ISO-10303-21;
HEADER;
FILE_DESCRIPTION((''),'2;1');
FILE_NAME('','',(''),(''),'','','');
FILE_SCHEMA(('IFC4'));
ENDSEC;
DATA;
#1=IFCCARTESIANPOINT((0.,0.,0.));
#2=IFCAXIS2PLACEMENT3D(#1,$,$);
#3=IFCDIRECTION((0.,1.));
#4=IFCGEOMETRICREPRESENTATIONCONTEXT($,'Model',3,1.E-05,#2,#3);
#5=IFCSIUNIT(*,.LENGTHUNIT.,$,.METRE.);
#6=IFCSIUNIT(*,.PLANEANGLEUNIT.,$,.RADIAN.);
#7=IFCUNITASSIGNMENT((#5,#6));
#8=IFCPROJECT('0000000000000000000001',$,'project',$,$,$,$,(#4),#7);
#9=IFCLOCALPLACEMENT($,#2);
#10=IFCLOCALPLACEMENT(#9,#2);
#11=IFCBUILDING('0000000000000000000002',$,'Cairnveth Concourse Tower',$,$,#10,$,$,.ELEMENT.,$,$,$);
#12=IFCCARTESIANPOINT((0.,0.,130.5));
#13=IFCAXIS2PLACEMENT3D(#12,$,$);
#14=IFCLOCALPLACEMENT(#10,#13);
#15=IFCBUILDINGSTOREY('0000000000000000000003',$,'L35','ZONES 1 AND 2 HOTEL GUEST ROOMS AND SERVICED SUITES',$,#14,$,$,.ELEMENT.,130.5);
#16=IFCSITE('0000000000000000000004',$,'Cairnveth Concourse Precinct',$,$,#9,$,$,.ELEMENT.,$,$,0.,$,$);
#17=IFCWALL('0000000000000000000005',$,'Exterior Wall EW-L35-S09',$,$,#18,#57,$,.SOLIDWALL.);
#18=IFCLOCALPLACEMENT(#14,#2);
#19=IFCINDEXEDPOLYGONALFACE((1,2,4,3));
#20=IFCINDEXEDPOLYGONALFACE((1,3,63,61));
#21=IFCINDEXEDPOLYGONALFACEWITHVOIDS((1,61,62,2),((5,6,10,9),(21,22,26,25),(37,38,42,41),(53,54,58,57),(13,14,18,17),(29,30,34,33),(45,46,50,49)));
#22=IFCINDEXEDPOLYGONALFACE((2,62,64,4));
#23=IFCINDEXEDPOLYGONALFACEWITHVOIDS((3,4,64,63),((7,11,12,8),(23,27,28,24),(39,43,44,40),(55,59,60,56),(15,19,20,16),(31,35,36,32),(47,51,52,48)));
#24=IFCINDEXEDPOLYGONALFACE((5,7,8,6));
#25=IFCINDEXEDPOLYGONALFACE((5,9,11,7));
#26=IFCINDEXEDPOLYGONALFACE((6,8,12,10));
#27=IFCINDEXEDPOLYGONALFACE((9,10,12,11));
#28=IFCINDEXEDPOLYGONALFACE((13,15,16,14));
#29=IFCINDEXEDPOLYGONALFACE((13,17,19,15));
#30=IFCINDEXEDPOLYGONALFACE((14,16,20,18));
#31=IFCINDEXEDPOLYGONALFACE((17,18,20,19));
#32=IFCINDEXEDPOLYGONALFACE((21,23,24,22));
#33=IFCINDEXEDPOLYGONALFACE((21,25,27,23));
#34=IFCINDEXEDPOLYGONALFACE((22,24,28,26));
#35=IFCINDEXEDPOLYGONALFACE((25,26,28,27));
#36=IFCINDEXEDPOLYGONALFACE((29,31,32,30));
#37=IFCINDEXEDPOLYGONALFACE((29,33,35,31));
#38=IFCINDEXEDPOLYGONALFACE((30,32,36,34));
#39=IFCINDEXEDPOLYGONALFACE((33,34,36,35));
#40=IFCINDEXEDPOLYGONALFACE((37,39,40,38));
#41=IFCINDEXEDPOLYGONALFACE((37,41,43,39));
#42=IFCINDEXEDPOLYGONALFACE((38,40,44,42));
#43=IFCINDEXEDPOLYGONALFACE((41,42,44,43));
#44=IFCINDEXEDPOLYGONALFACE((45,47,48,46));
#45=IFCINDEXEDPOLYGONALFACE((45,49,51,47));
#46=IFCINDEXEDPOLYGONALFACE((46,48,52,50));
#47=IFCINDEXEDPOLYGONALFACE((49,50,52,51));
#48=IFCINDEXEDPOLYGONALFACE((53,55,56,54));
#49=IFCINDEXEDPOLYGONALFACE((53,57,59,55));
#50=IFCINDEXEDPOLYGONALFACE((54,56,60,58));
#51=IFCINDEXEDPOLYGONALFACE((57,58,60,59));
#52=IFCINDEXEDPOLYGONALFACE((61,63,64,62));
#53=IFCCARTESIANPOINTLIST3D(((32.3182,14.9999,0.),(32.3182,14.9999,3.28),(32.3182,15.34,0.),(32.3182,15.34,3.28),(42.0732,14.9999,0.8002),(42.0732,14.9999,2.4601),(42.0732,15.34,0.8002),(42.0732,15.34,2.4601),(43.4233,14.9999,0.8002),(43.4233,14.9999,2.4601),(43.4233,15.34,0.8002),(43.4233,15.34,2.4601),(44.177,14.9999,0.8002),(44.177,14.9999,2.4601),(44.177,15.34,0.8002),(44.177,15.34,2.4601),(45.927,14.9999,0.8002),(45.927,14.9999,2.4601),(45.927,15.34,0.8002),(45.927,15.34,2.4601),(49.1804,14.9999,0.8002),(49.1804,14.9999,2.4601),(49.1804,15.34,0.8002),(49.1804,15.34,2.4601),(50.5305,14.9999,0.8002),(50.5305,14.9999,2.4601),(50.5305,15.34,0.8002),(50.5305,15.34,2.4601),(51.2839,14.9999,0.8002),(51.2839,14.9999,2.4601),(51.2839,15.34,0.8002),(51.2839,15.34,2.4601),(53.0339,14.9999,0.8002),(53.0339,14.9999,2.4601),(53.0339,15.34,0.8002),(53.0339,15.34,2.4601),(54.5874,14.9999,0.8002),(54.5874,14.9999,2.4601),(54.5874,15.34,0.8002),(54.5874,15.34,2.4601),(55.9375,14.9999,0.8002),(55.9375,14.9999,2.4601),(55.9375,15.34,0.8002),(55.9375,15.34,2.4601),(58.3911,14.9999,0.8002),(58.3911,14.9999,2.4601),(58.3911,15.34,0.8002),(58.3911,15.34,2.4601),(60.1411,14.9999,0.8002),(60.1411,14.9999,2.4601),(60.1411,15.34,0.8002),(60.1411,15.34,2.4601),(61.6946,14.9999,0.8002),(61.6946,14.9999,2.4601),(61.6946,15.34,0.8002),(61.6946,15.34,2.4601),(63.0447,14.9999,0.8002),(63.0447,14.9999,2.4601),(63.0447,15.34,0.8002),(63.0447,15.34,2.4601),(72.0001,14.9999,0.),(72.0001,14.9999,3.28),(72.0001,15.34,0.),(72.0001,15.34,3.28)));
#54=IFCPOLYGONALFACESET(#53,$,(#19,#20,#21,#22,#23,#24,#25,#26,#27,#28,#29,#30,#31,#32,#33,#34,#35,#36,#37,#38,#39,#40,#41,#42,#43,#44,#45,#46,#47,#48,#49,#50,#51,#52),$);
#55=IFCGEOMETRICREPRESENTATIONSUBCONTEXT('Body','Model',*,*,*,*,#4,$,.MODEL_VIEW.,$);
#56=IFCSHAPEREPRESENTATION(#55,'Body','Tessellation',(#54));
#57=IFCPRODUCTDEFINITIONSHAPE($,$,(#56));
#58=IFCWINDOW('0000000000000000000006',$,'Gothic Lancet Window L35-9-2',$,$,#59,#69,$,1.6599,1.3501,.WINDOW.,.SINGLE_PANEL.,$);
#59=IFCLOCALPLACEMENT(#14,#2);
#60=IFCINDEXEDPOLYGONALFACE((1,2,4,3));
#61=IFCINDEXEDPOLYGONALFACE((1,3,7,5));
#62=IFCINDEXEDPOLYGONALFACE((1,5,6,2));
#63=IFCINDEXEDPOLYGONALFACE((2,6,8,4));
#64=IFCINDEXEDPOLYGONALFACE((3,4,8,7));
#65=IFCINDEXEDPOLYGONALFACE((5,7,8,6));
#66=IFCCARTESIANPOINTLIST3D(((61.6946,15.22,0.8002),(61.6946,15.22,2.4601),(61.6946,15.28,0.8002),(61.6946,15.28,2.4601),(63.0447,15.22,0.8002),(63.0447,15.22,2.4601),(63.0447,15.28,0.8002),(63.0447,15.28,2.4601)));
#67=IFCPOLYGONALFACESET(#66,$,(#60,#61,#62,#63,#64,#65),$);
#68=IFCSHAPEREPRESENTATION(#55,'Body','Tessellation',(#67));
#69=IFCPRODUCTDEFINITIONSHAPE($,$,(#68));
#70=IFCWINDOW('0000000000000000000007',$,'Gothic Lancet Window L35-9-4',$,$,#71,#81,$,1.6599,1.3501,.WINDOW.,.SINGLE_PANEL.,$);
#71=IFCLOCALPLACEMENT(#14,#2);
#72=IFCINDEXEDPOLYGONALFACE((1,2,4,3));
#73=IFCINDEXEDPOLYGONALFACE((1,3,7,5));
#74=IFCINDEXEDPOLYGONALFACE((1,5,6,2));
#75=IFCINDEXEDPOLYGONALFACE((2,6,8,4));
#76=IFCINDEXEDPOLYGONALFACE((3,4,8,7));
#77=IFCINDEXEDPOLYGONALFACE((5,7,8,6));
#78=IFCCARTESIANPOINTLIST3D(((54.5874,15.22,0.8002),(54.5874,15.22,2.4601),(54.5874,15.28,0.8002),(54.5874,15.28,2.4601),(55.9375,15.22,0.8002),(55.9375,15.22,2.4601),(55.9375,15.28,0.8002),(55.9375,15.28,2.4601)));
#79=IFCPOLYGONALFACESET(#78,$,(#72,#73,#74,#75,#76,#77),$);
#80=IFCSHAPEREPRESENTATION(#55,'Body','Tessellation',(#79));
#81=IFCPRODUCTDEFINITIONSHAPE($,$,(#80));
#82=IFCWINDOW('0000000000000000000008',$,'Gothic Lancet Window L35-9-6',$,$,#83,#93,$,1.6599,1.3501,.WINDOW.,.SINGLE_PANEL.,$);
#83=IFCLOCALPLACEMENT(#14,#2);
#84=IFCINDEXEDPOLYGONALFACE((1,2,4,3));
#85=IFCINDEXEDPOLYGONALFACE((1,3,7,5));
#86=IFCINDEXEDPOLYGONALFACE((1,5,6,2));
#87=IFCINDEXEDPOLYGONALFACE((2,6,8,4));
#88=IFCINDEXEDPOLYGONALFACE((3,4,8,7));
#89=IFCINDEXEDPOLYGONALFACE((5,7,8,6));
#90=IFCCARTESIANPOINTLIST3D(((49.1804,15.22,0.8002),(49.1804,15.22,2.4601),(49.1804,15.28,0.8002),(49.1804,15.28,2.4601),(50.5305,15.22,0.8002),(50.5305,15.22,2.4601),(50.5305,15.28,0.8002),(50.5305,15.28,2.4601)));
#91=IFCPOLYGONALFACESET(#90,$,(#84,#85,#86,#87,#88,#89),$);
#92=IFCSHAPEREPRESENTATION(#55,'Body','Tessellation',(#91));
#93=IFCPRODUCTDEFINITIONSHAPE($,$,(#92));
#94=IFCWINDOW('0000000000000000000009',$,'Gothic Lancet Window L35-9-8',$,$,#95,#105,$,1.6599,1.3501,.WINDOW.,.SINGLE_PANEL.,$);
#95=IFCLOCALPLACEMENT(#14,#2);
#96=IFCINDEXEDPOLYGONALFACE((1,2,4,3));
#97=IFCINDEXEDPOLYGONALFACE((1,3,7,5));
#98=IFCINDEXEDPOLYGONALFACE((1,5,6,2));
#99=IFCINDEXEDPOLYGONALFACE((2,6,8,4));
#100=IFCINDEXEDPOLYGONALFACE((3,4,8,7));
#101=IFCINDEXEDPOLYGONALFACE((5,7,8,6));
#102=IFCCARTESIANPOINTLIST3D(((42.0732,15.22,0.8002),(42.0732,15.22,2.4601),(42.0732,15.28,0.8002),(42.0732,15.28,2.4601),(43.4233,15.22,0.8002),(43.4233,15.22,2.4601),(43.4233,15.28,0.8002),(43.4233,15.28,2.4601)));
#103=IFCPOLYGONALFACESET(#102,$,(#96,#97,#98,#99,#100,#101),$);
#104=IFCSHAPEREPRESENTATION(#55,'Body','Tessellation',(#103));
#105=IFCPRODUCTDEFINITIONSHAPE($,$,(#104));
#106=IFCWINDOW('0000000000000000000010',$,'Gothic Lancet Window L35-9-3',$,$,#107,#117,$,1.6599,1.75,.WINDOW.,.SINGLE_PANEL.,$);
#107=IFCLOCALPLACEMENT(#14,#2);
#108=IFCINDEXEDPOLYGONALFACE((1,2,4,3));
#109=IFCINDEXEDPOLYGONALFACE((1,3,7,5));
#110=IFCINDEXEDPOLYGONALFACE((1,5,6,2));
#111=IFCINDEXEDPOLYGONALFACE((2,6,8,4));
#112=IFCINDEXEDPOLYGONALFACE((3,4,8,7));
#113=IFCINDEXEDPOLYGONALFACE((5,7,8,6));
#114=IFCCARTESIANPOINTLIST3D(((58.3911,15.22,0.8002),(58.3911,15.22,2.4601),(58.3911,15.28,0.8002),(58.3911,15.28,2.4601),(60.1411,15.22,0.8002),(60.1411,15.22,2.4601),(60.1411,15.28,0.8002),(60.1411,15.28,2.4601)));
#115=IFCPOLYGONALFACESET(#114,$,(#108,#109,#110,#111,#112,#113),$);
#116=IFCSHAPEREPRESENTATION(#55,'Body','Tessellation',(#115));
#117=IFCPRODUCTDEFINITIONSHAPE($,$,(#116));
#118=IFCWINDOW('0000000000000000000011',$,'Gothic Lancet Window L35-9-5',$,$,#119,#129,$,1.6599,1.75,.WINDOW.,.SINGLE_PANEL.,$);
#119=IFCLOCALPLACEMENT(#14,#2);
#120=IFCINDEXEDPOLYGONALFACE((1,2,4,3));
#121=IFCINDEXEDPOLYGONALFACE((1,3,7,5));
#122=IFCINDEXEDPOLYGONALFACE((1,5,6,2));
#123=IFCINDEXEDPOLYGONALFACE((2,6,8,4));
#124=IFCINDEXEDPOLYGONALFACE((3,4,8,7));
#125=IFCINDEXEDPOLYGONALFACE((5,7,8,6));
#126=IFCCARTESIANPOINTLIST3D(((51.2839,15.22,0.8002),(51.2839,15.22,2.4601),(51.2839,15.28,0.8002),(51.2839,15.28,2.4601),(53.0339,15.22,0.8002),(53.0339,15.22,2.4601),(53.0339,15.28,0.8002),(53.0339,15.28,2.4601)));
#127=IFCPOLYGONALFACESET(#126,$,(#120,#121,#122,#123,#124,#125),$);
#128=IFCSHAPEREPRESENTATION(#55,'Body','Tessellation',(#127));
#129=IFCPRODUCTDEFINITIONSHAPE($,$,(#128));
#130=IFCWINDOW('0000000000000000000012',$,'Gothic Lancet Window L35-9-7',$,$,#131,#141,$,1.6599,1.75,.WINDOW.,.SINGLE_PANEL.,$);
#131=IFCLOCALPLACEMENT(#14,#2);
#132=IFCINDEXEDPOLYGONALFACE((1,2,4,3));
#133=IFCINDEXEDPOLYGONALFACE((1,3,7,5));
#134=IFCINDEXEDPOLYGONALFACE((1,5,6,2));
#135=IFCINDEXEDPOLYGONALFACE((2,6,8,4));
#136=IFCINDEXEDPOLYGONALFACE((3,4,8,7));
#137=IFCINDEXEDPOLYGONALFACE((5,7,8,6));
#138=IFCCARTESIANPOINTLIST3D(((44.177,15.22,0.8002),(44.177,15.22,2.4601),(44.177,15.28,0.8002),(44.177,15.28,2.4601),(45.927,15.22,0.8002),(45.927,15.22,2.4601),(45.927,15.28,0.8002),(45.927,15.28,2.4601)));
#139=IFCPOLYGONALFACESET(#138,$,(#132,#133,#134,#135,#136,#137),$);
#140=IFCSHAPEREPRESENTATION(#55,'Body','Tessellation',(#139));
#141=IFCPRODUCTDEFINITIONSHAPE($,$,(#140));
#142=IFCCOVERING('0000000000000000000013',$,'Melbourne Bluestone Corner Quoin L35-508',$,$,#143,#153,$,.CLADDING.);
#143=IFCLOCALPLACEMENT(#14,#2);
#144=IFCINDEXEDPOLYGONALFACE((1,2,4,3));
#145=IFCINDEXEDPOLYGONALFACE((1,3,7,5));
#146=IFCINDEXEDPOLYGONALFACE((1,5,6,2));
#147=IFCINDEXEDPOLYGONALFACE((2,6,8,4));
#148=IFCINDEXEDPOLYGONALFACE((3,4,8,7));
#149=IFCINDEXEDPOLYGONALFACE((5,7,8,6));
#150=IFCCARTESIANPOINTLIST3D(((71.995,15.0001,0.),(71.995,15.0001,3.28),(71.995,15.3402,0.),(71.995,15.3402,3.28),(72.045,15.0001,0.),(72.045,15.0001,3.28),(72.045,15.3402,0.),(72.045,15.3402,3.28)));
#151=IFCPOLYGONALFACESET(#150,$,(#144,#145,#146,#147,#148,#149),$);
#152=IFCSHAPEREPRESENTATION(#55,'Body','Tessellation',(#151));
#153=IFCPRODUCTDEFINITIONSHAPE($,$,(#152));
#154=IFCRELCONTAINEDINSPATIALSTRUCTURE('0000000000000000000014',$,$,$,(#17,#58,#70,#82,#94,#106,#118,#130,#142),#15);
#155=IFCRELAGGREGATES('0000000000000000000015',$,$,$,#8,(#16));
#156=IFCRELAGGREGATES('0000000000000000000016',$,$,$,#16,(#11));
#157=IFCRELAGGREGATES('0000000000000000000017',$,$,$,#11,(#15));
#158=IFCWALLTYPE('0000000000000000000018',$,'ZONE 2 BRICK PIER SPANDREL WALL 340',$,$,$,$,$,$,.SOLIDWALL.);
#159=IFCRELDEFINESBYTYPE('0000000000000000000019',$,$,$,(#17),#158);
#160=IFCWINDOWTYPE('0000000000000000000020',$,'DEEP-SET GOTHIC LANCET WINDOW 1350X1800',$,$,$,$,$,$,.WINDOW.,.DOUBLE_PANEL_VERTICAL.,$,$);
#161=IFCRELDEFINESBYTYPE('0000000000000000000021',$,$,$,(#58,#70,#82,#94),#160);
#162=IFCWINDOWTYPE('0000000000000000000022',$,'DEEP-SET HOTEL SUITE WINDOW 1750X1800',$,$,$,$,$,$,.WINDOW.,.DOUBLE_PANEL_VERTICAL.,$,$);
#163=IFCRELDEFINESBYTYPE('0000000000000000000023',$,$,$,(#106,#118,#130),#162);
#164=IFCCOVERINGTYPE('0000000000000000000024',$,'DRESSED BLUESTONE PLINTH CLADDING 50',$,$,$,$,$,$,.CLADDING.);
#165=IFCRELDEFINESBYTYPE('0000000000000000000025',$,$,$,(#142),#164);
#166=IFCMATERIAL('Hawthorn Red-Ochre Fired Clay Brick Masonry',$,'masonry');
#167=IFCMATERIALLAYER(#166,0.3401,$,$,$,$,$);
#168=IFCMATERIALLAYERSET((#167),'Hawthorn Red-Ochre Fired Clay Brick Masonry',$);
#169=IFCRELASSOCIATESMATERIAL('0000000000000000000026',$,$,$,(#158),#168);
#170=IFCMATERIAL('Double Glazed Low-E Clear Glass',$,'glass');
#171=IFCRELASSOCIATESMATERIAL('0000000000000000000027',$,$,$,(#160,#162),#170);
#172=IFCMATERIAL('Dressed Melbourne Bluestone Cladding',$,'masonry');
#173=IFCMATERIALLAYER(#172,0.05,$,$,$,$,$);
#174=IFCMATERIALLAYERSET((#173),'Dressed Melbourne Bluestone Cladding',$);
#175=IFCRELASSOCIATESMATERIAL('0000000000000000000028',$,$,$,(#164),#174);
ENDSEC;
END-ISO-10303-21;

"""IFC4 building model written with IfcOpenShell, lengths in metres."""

from ifc_helpers import new_model, si_unit, direction, frame, frame_2d, origin, place, context, subcontext, project, spatial, rectangle, extrude, material, layer, layer_set, type_object, element, fill, save


model = new_model("IFC4")

# Units and contexts
model_context = context("Model", 3, precision=1e-05, world=origin(), true_north=direction((0.0, 1.0)))
body_context = subcontext(model_context, "Body", "Model", "MODEL_VIEW")
ifc_project = project(units=[si_unit("LENGTHUNIT", "METRE"), si_unit("PLANEANGLEUNIT", "RADIAN")], contexts=[model_context])

# Site, building, storey
site_placement = place(None, origin())
site = spatial("IfcSite", under=ifc_project, at=site_placement, Name="Cairnveth Concourse Precinct", CompositionType="ELEMENT", RefElevation=0.0)
building_placement = place(site_placement, origin())
building = spatial("IfcBuilding", under=site, at=building_placement, Name="Cairnveth Concourse Tower", CompositionType="ELEMENT")
storey_placement = place(building_placement, frame((0.0, 0.0, 130.5)))
storey = spatial("IfcBuildingStorey", under=building, at=storey_placement, Name="L35", Description="ZONES 1 AND 2 HOTEL GUEST ROOMS AND SERVICED SUITES", CompositionType="ELEMENT", Elevation=130.5)

# Shared definitions
ifc_material_1 = material(Name="Hawthorn Red-Ochre Fired Clay Brick Masonry", Category="masonry")
ifc_layer_1 = layer(ifc_material_1, 0.3401)
ifc_layer_set_1 = layer_set([ifc_layer_1], Name="Hawthorn Red-Ochre Fired Clay Brick Masonry")
wall_type_1 = type_object("IfcWallType", Name="ZONE 2 BRICK PIER SPANDREL WALL 340", PredefinedType="SOLIDWALL", material=ifc_layer_set_1)

# Wall, openings, windows
wall_1_placement = place(storey_placement, frame((72.0, 15.1699, 0.0), z_axis=(0.0, 0.0, 1.0), x_axis=(-1.0, 0.0, 0.0)))
wall_1 = element("IfcWall", 1, at=wall_1_placement, inside=storey, type_object=wall_type_1, Name="Exterior Wall EW-L35-S09", PredefinedType="SOLIDWALL", context=body_context, shape_type="SweptSolid", body=[
    extrude(rectangle(XDim=39.6819, YDim=0.3401, at=frame_2d((19.8408, 0.0))), origin(), (0.0, 0.0, 1.0), 3.28),
])
opening_1_placement = place(wall_1_placement, frame((8.9553, 0.0, 0.8)))
opening_1 = element("IfcOpeningElement", 2, at=opening_1_placement, cuts=wall_1, PredefinedType="OPENING", context=body_context, shape_type="SweptSolid", body=[
    extrude(rectangle(XDim=1.3501, YDim=1.6599, at=frame_2d((0.675, 0.8301))), frame((0.0, 0.1799, 0.0), z_axis=(0.0, -1.0, 0.0), x_axis=(1.0, 0.0, 0.0)), (0.0, 0.0, 1.0), 0.3601),
])
opening_2_placement = place(wall_1_placement, frame((11.8589, 0.0, 0.8)))
opening_2 = element("IfcOpeningElement", 3, at=opening_2_placement, cuts=wall_1, PredefinedType="OPENING", context=body_context, shape_type="SweptSolid", body=[
    extrude(rectangle(XDim=1.75, YDim=1.6599, at=frame_2d((0.875, 0.8301))), frame((0.0, 0.1799, 0.0), z_axis=(0.0, -1.0, 0.0), x_axis=(1.0, 0.0, 0.0)), (0.0, 0.0, 1.0), 0.3601),
])
opening_3_placement = place(wall_1_placement, frame((16.0625, 0.0, 0.8)))
opening_3 = element("IfcOpeningElement", 4, at=opening_3_placement, cuts=wall_1, PredefinedType="OPENING", context=body_context, shape_type="SweptSolid", body=[
    extrude(rectangle(XDim=1.3501, YDim=1.6599, at=frame_2d((0.675, 0.8301))), frame((0.0, 0.1799, 0.0), z_axis=(0.0, -1.0, 0.0), x_axis=(1.0, 0.0, 0.0)), (0.0, 0.0, 1.0), 0.3601),
])
opening_4_placement = place(wall_1_placement, frame((18.9661, 0.0, 0.8)))
opening_4 = element("IfcOpeningElement", 5, at=opening_4_placement, cuts=wall_1, PredefinedType="OPENING", context=body_context, shape_type="SweptSolid", body=[
    extrude(rectangle(XDim=1.75, YDim=1.6599, at=frame_2d((0.875, 0.8301))), frame((0.0, 0.1799, 0.0), z_axis=(0.0, -1.0, 0.0), x_axis=(1.0, 0.0, 0.0)), (0.0, 0.0, 1.0), 0.3601),
])
opening_5_placement = place(wall_1_placement, frame((21.4695, 0.0, 0.8)))
opening_5 = element("IfcOpeningElement", 6, at=opening_5_placement, cuts=wall_1, PredefinedType="OPENING", context=body_context, shape_type="SweptSolid", body=[
    extrude(rectangle(XDim=1.3501, YDim=1.6599, at=frame_2d((0.675, 0.8301))), frame((0.0, 0.1799, 0.0), z_axis=(0.0, -1.0, 0.0), x_axis=(1.0, 0.0, 0.0)), (0.0, 0.0, 1.0), 0.3601),
])
opening_6_placement = place(wall_1_placement, frame((26.073, 0.0, 0.8)))
opening_6 = element("IfcOpeningElement", 7, at=opening_6_placement, cuts=wall_1, PredefinedType="OPENING", context=body_context, shape_type="SweptSolid", body=[
    extrude(rectangle(XDim=1.75, YDim=1.6599, at=frame_2d((0.875, 0.8301))), frame((0.0, 0.1799, 0.0), z_axis=(0.0, -1.0, 0.0), x_axis=(1.0, 0.0, 0.0)), (0.0, 0.0, 1.0), 0.3601),
])
opening_7_placement = place(wall_1_placement, frame((28.5767, 0.0, 0.8)))
opening_7 = element("IfcOpeningElement", 8, at=opening_7_placement, cuts=wall_1, PredefinedType="OPENING", context=body_context, shape_type="SweptSolid", body=[
    extrude(rectangle(XDim=1.3501, YDim=1.6599, at=frame_2d((0.675, 0.8301))), frame((0.0, 0.1799, 0.0), z_axis=(0.0, -1.0, 0.0), x_axis=(1.0, 0.0, 0.0)), (0.0, 0.0, 1.0), 0.3601),
])
ifc_material_2 = material(Name="Double Glazed Low-E Clear Glass", Category="glass")
window_type_1 = type_object("IfcWindowType", Name="DEEP-SET GOTHIC LANCET WINDOW 1350X1800", PartitioningType="DOUBLE_PANEL_VERTICAL", PredefinedType="WINDOW", material=ifc_material_2)
window_1_placement = place(opening_1_placement, origin())
window_1 = element("IfcWindow", 9, at=window_1_placement, inside=storey, type_object=window_type_1, Name="Gothic Lancet Window L35-9-2", OverallHeight=1.6599, OverallWidth=1.3501, PartitioningType="SINGLE_PANEL", PredefinedType="WINDOW", context=body_context, shape_type="SweptSolid", body=[
    extrude(rectangle(XDim=1.3501, YDim=1.6599, at=frame_2d((0.675, 0.8301))), frame((0.0, -0.05, 0.0), z_axis=(0.0, -1.0, 0.0), x_axis=(1.0, 0.0, 0.0)), (0.0, 0.0, 1.0), 0.0601),
])
fill(opening_1, window_1)
window_2_placement = place(opening_3_placement, origin())
window_2 = element("IfcWindow", 10, at=window_2_placement, inside=storey, type_object=window_type_1, Name="Gothic Lancet Window L35-9-4", OverallHeight=1.6599, OverallWidth=1.3501, PartitioningType="SINGLE_PANEL", PredefinedType="WINDOW", context=body_context, shape_type="SweptSolid", body=[
    extrude(rectangle(XDim=1.3501, YDim=1.6599, at=frame_2d((0.675, 0.8301))), frame((0.0, -0.05, 0.0), z_axis=(0.0, -1.0, 0.0), x_axis=(1.0, 0.0, 0.0)), (0.0, 0.0, 1.0), 0.0601),
])
fill(opening_3, window_2)
window_3_placement = place(opening_5_placement, origin())
window_3 = element("IfcWindow", 11, at=window_3_placement, inside=storey, type_object=window_type_1, Name="Gothic Lancet Window L35-9-6", OverallHeight=1.6599, OverallWidth=1.3501, PartitioningType="SINGLE_PANEL", PredefinedType="WINDOW", context=body_context, shape_type="SweptSolid", body=[
    extrude(rectangle(XDim=1.3501, YDim=1.6599, at=frame_2d((0.675, 0.8301))), frame((0.0, -0.05, 0.0), z_axis=(0.0, -1.0, 0.0), x_axis=(1.0, 0.0, 0.0)), (0.0, 0.0, 1.0), 0.0601),
])
fill(opening_5, window_3)
window_4_placement = place(opening_7_placement, origin())
window_4 = element("IfcWindow", 12, at=window_4_placement, inside=storey, type_object=window_type_1, Name="Gothic Lancet Window L35-9-8", OverallHeight=1.6599, OverallWidth=1.3501, PartitioningType="SINGLE_PANEL", PredefinedType="WINDOW", context=body_context, shape_type="SweptSolid", body=[
    extrude(rectangle(XDim=1.3501, YDim=1.6599, at=frame_2d((0.675, 0.8301))), frame((0.0, -0.05, 0.0), z_axis=(0.0, -1.0, 0.0), x_axis=(1.0, 0.0, 0.0)), (0.0, 0.0, 1.0), 0.0601),
])
fill(opening_7, window_4)
window_type_2 = type_object("IfcWindowType", Name="DEEP-SET HOTEL SUITE WINDOW 1750X1800", PartitioningType="DOUBLE_PANEL_VERTICAL", PredefinedType="WINDOW", material=ifc_material_2)
window_5_placement = place(opening_2_placement, origin())
window_5 = element("IfcWindow", 13, at=window_5_placement, inside=storey, type_object=window_type_2, Name="Gothic Lancet Window L35-9-3", OverallHeight=1.6599, OverallWidth=1.75, PartitioningType="SINGLE_PANEL", PredefinedType="WINDOW", context=body_context, shape_type="SweptSolid", body=[
    extrude(rectangle(XDim=1.75, YDim=1.6599, at=frame_2d((0.875, 0.8301))), frame((0.0, -0.05, 0.0), z_axis=(0.0, -1.0, 0.0), x_axis=(1.0, 0.0, 0.0)), (0.0, 0.0, 1.0), 0.0601),
])
fill(opening_2, window_5)
window_6_placement = place(opening_4_placement, origin())
window_6 = element("IfcWindow", 14, at=window_6_placement, inside=storey, type_object=window_type_2, Name="Gothic Lancet Window L35-9-5", OverallHeight=1.6599, OverallWidth=1.75, PartitioningType="SINGLE_PANEL", PredefinedType="WINDOW", context=body_context, shape_type="SweptSolid", body=[
    extrude(rectangle(XDim=1.75, YDim=1.6599, at=frame_2d((0.875, 0.8301))), frame((0.0, -0.05, 0.0), z_axis=(0.0, -1.0, 0.0), x_axis=(1.0, 0.0, 0.0)), (0.0, 0.0, 1.0), 0.0601),
])
fill(opening_4, window_6)
window_7_placement = place(opening_6_placement, origin())
window_7 = element("IfcWindow", 15, at=window_7_placement, inside=storey, type_object=window_type_2, Name="Gothic Lancet Window L35-9-7", OverallHeight=1.6599, OverallWidth=1.75, PartitioningType="SINGLE_PANEL", PredefinedType="WINDOW", context=body_context, shape_type="SweptSolid", body=[
    extrude(rectangle(XDim=1.75, YDim=1.6599, at=frame_2d((0.875, 0.8301))), frame((0.0, -0.05, 0.0), z_axis=(0.0, -1.0, 0.0), x_axis=(1.0, 0.0, 0.0)), (0.0, 0.0, 1.0), 0.0601),
])
fill(opening_6, window_7)

# Covering
ifc_material_3 = material(Name="Dressed Melbourne Bluestone Cladding", Category="masonry")
ifc_layer_2 = layer(ifc_material_3, 0.05)
ifc_layer_set_2 = layer_set([ifc_layer_2], Name="Dressed Melbourne Bluestone Cladding")
covering_type = type_object("IfcCoveringType", Name="DRESSED BLUESTONE PLINTH CLADDING 50", PredefinedType="CLADDING", material=ifc_layer_set_2)
covering_placement = place(storey_placement, frame((72.02, 15.3401, 0.0), z_axis=(0.0, 0.0, 1.0), x_axis=(0.0, -1.0, 0.0)))
element("IfcCovering", 16, at=covering_placement, inside=storey, type_object=covering_type, Name="Melbourne Bluestone Corner Quoin L35-508", PredefinedType="CLADDING", context=body_context, shape_type="SweptSolid", body=[
    extrude(rectangle(XDim=0.3401, YDim=0.05, at=frame_2d((0.1699, 0.0))), origin(), (0.0, 0.0, 1.0), 3.28),
])

save(model, "model.ifc")
